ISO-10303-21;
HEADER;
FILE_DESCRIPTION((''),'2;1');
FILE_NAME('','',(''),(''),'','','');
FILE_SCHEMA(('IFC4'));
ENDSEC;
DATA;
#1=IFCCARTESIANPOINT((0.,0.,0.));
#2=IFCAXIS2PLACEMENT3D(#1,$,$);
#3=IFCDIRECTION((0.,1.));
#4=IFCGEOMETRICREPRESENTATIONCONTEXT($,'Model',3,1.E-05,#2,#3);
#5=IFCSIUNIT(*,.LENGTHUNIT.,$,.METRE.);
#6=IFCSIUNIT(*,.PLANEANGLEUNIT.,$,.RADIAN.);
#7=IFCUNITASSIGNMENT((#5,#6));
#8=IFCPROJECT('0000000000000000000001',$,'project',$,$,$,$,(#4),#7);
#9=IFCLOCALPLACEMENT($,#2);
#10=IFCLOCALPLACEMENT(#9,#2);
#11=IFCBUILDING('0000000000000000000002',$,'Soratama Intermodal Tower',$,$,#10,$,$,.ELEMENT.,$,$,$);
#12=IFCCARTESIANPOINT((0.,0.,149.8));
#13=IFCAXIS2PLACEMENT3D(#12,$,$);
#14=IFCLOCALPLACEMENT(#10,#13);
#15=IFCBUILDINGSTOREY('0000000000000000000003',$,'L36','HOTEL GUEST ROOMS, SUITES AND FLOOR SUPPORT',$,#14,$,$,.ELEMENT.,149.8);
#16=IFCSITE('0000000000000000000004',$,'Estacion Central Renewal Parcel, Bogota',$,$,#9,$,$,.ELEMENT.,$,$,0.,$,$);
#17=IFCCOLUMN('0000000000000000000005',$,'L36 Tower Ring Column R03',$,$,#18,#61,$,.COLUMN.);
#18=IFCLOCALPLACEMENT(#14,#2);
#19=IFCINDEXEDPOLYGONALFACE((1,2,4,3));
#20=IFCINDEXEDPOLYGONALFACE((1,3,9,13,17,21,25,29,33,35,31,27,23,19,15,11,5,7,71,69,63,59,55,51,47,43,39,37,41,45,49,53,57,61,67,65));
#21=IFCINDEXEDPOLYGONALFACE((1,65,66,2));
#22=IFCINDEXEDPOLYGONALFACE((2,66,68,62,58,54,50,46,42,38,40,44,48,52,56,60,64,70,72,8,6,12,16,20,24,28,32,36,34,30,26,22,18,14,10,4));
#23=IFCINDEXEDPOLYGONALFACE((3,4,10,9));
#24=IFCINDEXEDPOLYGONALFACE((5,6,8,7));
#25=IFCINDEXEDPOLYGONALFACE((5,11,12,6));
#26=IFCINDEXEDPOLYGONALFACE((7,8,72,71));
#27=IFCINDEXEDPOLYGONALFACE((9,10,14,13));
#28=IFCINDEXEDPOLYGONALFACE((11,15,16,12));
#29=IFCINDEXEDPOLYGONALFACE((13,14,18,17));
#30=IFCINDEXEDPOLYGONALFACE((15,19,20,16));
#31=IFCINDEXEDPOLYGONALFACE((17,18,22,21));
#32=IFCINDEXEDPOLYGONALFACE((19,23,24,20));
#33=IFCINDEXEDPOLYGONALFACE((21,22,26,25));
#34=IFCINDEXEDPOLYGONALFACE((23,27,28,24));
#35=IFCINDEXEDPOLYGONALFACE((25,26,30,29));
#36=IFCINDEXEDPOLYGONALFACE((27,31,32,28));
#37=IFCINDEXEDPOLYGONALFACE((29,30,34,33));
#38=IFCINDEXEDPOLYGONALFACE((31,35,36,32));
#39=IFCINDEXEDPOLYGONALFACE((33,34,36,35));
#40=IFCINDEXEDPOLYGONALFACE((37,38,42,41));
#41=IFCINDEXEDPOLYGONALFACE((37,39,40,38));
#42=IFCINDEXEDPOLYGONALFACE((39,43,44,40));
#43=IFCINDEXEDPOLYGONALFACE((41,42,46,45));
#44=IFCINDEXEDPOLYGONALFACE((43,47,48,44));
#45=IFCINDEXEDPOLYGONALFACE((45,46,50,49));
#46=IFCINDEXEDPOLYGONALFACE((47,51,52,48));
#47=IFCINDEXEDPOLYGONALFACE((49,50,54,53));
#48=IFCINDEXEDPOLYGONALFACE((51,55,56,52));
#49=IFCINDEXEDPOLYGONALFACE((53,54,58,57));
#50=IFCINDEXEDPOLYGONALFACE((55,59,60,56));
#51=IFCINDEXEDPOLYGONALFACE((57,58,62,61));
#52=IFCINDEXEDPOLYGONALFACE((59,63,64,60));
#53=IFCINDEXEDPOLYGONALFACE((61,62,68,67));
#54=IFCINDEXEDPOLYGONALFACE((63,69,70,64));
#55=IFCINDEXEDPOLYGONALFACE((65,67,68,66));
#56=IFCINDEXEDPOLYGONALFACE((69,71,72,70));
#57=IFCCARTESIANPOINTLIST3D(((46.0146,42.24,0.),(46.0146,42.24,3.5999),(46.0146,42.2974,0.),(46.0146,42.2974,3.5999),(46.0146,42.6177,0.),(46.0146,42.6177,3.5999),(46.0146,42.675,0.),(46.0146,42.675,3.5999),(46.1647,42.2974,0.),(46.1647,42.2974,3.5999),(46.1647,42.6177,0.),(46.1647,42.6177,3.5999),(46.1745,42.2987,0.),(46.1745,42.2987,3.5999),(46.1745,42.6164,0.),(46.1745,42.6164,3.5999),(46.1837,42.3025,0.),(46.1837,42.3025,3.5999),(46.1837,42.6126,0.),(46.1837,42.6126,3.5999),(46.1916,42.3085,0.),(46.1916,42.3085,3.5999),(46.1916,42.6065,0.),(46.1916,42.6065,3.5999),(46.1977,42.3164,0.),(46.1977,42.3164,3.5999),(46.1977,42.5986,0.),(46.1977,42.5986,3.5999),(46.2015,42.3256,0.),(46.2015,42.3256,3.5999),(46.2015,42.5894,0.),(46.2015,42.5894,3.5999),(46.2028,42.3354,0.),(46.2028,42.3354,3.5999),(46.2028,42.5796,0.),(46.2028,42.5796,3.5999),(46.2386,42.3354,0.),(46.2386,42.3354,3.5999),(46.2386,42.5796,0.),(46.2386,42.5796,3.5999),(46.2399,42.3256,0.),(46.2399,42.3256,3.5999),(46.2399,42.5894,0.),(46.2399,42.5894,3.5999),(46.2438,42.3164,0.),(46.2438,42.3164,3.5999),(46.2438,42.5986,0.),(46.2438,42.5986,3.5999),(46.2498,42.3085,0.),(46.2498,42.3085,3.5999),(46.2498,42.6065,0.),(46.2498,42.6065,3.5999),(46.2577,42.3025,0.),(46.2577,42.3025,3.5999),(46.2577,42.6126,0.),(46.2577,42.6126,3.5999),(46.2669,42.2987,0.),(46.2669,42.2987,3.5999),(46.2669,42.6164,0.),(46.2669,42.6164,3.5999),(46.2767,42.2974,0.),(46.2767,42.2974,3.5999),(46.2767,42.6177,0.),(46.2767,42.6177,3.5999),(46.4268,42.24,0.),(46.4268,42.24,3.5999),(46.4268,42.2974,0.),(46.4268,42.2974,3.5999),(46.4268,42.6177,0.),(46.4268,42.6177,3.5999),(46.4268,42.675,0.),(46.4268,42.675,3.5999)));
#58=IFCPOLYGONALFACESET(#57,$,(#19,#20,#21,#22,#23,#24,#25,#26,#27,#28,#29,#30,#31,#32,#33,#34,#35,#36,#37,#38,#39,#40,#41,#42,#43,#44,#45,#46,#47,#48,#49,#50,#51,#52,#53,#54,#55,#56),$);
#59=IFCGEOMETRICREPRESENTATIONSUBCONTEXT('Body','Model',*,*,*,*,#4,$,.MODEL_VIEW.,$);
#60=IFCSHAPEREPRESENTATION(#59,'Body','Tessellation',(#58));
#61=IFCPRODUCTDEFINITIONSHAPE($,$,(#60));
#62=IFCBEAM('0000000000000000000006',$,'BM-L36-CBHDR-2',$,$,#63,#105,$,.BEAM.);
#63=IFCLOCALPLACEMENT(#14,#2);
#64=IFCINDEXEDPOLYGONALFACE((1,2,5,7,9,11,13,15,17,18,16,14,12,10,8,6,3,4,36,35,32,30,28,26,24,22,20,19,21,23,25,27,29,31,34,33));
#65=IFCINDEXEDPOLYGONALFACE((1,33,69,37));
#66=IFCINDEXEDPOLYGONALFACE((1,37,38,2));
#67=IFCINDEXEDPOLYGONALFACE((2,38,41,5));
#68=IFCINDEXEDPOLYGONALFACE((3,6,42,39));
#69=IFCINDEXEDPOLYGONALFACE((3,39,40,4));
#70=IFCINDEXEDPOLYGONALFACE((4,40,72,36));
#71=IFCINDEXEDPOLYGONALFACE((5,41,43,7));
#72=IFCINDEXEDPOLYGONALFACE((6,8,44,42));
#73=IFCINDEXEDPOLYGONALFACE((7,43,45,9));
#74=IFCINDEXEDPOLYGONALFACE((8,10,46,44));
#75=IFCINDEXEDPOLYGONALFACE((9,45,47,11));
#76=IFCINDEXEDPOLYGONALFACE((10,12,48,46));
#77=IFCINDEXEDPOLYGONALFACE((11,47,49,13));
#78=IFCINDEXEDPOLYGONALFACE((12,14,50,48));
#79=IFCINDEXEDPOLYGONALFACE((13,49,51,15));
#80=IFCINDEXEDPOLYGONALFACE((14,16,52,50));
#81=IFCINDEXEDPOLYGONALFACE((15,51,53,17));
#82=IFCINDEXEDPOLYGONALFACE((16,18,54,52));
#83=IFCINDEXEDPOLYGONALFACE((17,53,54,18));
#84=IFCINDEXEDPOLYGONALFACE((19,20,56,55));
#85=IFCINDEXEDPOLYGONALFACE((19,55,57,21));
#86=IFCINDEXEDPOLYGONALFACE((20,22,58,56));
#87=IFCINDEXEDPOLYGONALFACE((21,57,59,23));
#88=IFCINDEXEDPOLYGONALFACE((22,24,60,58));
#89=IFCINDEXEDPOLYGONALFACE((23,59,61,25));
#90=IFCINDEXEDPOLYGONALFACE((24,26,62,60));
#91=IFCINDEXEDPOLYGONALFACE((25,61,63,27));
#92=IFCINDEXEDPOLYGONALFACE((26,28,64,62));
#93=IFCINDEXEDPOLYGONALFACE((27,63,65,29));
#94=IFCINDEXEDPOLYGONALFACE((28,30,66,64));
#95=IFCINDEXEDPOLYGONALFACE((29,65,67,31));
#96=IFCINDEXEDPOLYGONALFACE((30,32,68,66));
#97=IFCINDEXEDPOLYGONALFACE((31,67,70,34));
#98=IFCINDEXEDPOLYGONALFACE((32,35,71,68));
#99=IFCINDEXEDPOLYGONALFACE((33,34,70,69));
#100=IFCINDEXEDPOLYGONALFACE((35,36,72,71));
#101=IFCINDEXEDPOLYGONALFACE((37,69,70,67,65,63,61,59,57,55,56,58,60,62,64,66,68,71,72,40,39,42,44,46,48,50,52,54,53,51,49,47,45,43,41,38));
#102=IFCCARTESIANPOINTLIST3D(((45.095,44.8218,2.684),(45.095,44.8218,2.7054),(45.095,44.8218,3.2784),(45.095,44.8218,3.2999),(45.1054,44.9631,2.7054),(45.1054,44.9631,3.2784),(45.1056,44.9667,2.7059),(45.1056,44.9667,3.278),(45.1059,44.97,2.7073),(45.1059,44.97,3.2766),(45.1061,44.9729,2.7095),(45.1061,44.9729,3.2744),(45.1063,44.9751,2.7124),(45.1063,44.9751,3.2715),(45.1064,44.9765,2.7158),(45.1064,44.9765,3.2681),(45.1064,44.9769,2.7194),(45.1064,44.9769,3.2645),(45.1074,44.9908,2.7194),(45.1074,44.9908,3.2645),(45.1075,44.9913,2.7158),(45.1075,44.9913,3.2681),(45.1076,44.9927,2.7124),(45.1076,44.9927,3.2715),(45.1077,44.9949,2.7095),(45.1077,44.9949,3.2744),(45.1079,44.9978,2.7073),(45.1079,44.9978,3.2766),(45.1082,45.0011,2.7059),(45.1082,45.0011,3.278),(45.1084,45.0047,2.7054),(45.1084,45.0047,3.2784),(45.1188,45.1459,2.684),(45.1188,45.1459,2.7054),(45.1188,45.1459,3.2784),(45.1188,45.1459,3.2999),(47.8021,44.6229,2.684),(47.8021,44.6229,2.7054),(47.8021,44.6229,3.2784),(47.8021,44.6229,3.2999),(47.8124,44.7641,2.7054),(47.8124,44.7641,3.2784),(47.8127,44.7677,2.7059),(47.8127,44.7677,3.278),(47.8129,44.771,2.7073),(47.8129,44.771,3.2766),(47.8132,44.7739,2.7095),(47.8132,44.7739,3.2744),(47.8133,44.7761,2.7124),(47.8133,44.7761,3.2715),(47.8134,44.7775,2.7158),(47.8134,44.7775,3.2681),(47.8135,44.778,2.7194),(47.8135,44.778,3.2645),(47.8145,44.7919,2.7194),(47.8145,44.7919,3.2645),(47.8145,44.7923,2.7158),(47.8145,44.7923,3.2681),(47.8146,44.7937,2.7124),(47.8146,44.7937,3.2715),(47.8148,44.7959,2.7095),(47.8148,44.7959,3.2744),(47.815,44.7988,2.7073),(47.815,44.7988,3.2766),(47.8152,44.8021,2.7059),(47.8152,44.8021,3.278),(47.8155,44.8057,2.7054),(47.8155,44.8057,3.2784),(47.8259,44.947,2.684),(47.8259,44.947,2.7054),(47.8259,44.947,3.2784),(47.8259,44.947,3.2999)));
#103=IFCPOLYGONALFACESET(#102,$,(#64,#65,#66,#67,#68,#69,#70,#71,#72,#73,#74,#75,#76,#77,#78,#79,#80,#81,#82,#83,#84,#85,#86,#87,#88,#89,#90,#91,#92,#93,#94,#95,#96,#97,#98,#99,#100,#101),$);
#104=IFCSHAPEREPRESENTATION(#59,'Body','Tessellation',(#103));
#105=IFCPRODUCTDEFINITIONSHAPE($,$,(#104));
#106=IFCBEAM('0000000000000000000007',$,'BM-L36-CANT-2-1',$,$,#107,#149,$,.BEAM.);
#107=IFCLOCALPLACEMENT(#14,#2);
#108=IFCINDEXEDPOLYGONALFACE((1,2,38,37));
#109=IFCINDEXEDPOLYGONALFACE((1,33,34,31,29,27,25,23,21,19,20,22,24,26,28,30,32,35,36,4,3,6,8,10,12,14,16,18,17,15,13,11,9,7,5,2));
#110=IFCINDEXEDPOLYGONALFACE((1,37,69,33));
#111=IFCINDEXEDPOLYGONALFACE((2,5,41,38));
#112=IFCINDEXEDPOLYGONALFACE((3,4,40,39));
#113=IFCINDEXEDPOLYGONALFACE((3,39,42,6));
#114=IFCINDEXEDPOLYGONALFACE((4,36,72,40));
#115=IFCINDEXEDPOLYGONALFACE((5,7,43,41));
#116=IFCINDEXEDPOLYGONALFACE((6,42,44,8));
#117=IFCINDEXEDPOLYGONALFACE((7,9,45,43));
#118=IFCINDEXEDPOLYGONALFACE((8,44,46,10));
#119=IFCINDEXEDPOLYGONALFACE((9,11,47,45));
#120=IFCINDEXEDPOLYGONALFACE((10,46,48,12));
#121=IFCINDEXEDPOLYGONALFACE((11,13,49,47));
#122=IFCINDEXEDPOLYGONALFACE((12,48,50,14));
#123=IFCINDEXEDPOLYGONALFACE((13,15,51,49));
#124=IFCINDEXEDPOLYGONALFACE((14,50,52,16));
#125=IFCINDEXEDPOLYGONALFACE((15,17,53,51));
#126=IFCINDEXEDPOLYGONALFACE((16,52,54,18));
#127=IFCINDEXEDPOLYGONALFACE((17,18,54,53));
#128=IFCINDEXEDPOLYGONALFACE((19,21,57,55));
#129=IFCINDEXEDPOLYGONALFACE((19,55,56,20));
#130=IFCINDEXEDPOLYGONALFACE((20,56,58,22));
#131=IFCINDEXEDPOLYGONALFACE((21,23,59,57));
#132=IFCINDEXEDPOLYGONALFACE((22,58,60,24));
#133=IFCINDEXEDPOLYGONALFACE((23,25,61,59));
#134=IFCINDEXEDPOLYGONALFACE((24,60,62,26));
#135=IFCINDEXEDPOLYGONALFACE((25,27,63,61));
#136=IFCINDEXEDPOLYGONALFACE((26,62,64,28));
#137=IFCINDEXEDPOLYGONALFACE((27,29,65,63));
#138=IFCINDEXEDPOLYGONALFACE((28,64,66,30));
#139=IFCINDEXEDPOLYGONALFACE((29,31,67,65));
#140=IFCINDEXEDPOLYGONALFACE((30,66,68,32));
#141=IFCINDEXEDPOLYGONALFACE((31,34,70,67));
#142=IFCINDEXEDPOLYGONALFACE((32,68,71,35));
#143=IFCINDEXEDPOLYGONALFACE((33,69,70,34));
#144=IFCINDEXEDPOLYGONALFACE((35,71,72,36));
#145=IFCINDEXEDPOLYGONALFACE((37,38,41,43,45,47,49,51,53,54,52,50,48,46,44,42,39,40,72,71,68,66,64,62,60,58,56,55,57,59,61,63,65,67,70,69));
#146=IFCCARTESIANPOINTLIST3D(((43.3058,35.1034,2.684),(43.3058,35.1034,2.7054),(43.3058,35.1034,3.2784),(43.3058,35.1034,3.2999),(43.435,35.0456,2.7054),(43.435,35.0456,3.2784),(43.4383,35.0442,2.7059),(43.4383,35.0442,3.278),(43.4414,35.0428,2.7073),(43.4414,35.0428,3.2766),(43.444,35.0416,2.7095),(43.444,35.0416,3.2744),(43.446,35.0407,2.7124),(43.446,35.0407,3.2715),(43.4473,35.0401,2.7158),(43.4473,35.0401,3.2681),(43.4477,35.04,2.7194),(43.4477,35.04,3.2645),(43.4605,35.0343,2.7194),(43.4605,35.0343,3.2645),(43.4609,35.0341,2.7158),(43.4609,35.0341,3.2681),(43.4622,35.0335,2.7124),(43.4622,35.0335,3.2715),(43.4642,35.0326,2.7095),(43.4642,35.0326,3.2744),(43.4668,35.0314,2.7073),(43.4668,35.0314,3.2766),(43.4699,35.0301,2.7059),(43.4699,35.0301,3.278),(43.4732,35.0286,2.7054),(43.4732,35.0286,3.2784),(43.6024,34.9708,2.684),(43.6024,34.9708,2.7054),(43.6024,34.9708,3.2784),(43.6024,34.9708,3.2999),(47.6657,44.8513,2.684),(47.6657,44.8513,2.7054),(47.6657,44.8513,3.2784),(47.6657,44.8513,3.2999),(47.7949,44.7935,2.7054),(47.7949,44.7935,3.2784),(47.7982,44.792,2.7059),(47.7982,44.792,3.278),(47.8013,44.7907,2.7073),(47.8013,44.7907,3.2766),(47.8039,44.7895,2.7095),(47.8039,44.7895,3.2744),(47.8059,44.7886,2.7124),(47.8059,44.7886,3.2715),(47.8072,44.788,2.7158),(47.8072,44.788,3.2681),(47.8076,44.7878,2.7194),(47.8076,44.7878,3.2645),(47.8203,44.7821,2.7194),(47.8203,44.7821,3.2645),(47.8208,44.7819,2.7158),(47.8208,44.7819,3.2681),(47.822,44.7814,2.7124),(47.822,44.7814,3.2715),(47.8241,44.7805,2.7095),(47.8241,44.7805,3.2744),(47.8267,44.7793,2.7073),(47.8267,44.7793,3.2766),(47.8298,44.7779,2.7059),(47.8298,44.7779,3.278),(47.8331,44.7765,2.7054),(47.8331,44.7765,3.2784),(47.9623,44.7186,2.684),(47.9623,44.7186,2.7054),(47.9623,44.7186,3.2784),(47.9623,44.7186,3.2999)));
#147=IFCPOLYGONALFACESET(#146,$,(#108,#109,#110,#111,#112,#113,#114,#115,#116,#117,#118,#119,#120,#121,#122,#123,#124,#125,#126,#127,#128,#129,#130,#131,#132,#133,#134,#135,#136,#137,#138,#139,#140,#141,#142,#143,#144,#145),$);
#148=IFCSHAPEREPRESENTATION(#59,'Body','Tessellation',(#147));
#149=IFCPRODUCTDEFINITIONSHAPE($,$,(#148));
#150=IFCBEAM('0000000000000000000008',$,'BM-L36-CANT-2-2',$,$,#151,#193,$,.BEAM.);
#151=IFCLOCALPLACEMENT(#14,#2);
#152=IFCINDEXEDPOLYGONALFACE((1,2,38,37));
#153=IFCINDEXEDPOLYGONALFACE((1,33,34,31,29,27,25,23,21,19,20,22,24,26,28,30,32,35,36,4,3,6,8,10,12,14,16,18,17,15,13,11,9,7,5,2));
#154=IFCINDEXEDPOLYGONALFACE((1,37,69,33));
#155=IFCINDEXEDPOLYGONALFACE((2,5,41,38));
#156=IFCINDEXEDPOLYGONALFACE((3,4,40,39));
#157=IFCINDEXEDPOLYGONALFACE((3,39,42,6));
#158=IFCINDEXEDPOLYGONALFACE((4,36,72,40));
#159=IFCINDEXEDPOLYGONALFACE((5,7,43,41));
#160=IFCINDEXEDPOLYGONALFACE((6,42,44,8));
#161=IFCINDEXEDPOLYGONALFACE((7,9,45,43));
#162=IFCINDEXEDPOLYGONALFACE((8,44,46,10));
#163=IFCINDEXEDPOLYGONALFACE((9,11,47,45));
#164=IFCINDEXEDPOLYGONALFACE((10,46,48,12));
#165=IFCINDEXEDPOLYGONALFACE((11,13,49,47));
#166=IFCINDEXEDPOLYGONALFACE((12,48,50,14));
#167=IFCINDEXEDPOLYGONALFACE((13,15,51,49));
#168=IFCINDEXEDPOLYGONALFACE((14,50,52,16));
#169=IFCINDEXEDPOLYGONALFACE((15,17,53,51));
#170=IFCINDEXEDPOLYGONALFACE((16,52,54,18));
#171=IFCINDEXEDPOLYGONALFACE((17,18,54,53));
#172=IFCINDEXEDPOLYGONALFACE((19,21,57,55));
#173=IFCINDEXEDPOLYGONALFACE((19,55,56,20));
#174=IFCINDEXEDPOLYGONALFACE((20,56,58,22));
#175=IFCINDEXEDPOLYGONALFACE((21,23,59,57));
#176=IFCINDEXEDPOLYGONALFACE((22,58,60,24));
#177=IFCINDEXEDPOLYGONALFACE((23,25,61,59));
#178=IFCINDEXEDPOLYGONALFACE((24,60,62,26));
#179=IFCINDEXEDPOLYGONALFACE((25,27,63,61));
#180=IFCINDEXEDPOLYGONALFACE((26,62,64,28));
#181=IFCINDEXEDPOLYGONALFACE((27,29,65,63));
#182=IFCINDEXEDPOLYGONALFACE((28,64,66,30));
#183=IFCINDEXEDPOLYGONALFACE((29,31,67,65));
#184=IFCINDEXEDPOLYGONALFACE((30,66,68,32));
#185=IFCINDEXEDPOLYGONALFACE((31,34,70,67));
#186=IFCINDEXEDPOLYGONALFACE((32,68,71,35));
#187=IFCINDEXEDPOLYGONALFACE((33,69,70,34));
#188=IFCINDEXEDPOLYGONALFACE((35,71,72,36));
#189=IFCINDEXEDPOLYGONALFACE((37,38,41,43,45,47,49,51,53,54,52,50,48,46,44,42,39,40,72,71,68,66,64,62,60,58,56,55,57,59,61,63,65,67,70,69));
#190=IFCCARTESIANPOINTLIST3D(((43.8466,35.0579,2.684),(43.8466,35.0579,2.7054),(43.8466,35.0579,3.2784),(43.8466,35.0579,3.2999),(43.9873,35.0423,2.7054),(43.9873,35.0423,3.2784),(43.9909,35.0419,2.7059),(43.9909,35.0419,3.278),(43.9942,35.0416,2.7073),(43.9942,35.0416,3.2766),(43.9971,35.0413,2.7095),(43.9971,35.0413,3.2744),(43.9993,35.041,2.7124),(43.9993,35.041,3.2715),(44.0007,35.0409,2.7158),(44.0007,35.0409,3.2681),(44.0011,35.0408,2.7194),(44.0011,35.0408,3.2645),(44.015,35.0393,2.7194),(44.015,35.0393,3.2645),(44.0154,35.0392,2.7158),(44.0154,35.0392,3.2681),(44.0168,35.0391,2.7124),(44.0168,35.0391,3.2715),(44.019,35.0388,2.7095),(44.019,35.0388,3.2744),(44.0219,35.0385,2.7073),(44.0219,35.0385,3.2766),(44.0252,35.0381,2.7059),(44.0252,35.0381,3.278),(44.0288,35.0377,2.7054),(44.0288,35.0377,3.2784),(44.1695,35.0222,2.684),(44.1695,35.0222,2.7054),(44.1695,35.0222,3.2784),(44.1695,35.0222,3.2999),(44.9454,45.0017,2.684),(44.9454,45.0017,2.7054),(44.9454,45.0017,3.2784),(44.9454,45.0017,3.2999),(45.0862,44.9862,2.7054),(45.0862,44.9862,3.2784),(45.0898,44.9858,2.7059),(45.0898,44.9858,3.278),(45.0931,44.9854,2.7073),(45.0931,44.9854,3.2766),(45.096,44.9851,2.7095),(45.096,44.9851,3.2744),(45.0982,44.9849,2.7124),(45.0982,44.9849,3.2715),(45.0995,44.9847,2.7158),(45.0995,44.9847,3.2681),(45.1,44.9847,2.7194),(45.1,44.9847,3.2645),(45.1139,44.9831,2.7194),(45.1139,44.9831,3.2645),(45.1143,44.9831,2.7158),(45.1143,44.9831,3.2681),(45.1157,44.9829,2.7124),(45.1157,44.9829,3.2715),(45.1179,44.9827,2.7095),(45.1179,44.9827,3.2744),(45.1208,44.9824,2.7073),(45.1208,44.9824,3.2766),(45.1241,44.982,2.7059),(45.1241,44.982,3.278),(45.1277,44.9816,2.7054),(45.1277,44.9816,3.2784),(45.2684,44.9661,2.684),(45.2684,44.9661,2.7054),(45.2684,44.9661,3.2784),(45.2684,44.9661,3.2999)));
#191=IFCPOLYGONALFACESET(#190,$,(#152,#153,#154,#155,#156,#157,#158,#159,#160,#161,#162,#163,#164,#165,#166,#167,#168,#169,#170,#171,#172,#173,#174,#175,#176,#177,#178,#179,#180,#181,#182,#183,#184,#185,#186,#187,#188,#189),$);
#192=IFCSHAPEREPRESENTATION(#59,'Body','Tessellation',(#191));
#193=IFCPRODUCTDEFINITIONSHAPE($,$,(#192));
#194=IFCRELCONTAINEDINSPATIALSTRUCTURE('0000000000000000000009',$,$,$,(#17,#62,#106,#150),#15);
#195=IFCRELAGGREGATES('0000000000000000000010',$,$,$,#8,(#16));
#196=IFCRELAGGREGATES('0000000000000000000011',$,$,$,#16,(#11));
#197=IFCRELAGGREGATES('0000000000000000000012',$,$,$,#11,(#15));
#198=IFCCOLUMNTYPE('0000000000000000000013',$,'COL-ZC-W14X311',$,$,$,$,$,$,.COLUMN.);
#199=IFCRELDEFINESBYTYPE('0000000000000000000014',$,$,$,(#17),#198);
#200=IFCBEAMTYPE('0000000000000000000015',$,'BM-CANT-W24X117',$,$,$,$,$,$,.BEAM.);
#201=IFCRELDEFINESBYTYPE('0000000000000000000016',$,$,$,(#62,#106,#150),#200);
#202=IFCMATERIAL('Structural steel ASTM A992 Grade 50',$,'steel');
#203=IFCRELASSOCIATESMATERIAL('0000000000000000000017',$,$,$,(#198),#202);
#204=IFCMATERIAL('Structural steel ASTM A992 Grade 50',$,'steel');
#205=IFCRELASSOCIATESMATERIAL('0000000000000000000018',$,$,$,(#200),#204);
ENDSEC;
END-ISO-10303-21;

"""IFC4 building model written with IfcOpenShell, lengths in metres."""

from ifc_helpers import new_model, si_unit, direction, frame, origin, origin_2d, place, context, subcontext, project, spatial, i_section, extrude, material, material_profile, profile_set, type_object, element, save


model = new_model("IFC4")

# Units and contexts
model_context = context("Model", 3, precision=1e-05, world=origin(), true_north=direction((0.0, 1.0)))
body_context = subcontext(model_context, "Body", "Model", "MODEL_VIEW")
ifc_project = project(units=[si_unit("LENGTHUNIT", "METRE"), si_unit("PLANEANGLEUNIT", "RADIAN")], contexts=[model_context])

# Site, building, storey
site_placement = place(None, origin())
site = spatial("IfcSite", under=ifc_project, at=site_placement, Name="Estacion Central Renewal Parcel, Bogota", CompositionType="ELEMENT", RefElevation=0.0)
building_placement = place(site_placement, origin())
building = spatial("IfcBuilding", under=site, at=building_placement, Name="Soratama Intermodal Tower", CompositionType="ELEMENT")
storey_placement = place(building_placement, frame((0.0, 0.0, 149.8)))
storey = spatial("IfcBuildingStorey", under=building, at=storey_placement, Name="L36", Description="HOTEL GUEST ROOMS, SUITES AND FLOOR SUPPORT", CompositionType="ELEMENT", Elevation=149.8)

# Column
ifc_material_1 = material(Name="Structural steel ASTM A992 Grade 50", Category="steel")
ifc_material_profile_1 = material_profile(ifc_material_1, i_section(OverallWidth=0.4121, OverallDepth=0.4351, WebThickness=0.0359, FlangeThickness=0.0574, FilletRadius=0.0381, at=origin_2d()), Name="W14X311")
ifc_profile_set_1 = profile_set([ifc_material_profile_1], Name="Structural steel ASTM A992 Grade 50")
column_type = type_object("IfcColumnType", Name="COL-ZC-W14X311", PredefinedType="COLUMN", material=ifc_profile_set_1)
column_placement = place(storey_placement, frame((46.2207, 42.4575, 0.0), z_axis=(0.0, 0.0, 1.0), x_axis=(1.0, 0.0, 0.0)))
element("IfcColumn", 1, at=column_placement, inside=storey, type_object=column_type, Name="L36 Tower Ring Column R03", PredefinedType="COLUMN", context=body_context, shape_type="SweptSolid", body=[
    extrude(i_section(OverallWidth=0.4121, OverallDepth=0.4351, WebThickness=0.0359, FlangeThickness=0.0574, FilletRadius=0.0381, at=origin_2d()), origin(), (0.0, 0.0, 1.0), 3.5999),
])

# Beams
ifc_material_2 = material(Name="Structural steel ASTM A992 Grade 50", Category="steel")
ifc_material_profile_2 = material_profile(ifc_material_2, i_section(OverallWidth=0.325, OverallDepth=0.616, WebThickness=0.0139, FlangeThickness=0.0215, FilletRadius=0.0139, at=origin_2d()), Name="W24X117")
ifc_profile_set_2 = profile_set([ifc_material_profile_2], Name="Structural steel ASTM A992 Grade 50")
beam_type_1 = type_object("IfcBeamType", Name="BM-CANT-W24X117", PredefinedType="BEAM", material=ifc_profile_set_2)
beam_1_placement = place(storey_placement, frame((47.814, 44.7849, 2.9919), z_axis=(-0.99731, 0.073305, 0.0), x_axis=(-0.073305, -0.99731, 0.0)))
element("IfcBeam", 2, at=beam_1_placement, inside=storey, type_object=beam_type_1, Name="BM-L36-CBHDR-2", PredefinedType="BEAM", context=body_context, shape_type="SweptSolid", body=[
    extrude(i_section(OverallWidth=0.325, OverallDepth=0.616, WebThickness=0.0139, FlangeThickness=0.0215, FilletRadius=0.0139, at=origin_2d()), origin(), (0.0, 0.0, 1.0), 2.7144),
])
beam_2_placement = place(storey_placement, frame((43.4541, 35.0371, 2.9919), z_axis=(0.408288, 0.912853, 0.0), x_axis=(-0.912853, 0.408288, 0.0)))
element("IfcBeam", 3, at=beam_2_placement, inside=storey, type_object=beam_type_1, Name="BM-L36-CANT-2-1", PredefinedType="BEAM", context=body_context, shape_type="SweptSolid", body=[
    extrude(i_section(OverallWidth=0.325, OverallDepth=0.616, WebThickness=0.0139, FlangeThickness=0.0215, FilletRadius=0.0139, at=origin_2d()), origin(), (0.0, 0.0, 1.0), 10.6785),
])
beam_3_placement = place(storey_placement, frame((44.0081, 35.04, 2.9919), z_axis=(0.10984, 0.993949, 0.0), x_axis=(-0.993949, 0.10984, 0.0)))
element("IfcBeam", 4, at=beam_3_placement, inside=storey, type_object=beam_type_1, Name="BM-L36-CANT-2-2", PredefinedType="BEAM", context=body_context, shape_type="SweptSolid", body=[
    extrude(i_section(OverallWidth=0.325, OverallDepth=0.616, WebThickness=0.0139, FlangeThickness=0.0215, FilletRadius=0.0139, at=origin_2d()), origin(), (0.0, 0.0, 1.0), 10.0044),
])

save(model, "model.ifc")
